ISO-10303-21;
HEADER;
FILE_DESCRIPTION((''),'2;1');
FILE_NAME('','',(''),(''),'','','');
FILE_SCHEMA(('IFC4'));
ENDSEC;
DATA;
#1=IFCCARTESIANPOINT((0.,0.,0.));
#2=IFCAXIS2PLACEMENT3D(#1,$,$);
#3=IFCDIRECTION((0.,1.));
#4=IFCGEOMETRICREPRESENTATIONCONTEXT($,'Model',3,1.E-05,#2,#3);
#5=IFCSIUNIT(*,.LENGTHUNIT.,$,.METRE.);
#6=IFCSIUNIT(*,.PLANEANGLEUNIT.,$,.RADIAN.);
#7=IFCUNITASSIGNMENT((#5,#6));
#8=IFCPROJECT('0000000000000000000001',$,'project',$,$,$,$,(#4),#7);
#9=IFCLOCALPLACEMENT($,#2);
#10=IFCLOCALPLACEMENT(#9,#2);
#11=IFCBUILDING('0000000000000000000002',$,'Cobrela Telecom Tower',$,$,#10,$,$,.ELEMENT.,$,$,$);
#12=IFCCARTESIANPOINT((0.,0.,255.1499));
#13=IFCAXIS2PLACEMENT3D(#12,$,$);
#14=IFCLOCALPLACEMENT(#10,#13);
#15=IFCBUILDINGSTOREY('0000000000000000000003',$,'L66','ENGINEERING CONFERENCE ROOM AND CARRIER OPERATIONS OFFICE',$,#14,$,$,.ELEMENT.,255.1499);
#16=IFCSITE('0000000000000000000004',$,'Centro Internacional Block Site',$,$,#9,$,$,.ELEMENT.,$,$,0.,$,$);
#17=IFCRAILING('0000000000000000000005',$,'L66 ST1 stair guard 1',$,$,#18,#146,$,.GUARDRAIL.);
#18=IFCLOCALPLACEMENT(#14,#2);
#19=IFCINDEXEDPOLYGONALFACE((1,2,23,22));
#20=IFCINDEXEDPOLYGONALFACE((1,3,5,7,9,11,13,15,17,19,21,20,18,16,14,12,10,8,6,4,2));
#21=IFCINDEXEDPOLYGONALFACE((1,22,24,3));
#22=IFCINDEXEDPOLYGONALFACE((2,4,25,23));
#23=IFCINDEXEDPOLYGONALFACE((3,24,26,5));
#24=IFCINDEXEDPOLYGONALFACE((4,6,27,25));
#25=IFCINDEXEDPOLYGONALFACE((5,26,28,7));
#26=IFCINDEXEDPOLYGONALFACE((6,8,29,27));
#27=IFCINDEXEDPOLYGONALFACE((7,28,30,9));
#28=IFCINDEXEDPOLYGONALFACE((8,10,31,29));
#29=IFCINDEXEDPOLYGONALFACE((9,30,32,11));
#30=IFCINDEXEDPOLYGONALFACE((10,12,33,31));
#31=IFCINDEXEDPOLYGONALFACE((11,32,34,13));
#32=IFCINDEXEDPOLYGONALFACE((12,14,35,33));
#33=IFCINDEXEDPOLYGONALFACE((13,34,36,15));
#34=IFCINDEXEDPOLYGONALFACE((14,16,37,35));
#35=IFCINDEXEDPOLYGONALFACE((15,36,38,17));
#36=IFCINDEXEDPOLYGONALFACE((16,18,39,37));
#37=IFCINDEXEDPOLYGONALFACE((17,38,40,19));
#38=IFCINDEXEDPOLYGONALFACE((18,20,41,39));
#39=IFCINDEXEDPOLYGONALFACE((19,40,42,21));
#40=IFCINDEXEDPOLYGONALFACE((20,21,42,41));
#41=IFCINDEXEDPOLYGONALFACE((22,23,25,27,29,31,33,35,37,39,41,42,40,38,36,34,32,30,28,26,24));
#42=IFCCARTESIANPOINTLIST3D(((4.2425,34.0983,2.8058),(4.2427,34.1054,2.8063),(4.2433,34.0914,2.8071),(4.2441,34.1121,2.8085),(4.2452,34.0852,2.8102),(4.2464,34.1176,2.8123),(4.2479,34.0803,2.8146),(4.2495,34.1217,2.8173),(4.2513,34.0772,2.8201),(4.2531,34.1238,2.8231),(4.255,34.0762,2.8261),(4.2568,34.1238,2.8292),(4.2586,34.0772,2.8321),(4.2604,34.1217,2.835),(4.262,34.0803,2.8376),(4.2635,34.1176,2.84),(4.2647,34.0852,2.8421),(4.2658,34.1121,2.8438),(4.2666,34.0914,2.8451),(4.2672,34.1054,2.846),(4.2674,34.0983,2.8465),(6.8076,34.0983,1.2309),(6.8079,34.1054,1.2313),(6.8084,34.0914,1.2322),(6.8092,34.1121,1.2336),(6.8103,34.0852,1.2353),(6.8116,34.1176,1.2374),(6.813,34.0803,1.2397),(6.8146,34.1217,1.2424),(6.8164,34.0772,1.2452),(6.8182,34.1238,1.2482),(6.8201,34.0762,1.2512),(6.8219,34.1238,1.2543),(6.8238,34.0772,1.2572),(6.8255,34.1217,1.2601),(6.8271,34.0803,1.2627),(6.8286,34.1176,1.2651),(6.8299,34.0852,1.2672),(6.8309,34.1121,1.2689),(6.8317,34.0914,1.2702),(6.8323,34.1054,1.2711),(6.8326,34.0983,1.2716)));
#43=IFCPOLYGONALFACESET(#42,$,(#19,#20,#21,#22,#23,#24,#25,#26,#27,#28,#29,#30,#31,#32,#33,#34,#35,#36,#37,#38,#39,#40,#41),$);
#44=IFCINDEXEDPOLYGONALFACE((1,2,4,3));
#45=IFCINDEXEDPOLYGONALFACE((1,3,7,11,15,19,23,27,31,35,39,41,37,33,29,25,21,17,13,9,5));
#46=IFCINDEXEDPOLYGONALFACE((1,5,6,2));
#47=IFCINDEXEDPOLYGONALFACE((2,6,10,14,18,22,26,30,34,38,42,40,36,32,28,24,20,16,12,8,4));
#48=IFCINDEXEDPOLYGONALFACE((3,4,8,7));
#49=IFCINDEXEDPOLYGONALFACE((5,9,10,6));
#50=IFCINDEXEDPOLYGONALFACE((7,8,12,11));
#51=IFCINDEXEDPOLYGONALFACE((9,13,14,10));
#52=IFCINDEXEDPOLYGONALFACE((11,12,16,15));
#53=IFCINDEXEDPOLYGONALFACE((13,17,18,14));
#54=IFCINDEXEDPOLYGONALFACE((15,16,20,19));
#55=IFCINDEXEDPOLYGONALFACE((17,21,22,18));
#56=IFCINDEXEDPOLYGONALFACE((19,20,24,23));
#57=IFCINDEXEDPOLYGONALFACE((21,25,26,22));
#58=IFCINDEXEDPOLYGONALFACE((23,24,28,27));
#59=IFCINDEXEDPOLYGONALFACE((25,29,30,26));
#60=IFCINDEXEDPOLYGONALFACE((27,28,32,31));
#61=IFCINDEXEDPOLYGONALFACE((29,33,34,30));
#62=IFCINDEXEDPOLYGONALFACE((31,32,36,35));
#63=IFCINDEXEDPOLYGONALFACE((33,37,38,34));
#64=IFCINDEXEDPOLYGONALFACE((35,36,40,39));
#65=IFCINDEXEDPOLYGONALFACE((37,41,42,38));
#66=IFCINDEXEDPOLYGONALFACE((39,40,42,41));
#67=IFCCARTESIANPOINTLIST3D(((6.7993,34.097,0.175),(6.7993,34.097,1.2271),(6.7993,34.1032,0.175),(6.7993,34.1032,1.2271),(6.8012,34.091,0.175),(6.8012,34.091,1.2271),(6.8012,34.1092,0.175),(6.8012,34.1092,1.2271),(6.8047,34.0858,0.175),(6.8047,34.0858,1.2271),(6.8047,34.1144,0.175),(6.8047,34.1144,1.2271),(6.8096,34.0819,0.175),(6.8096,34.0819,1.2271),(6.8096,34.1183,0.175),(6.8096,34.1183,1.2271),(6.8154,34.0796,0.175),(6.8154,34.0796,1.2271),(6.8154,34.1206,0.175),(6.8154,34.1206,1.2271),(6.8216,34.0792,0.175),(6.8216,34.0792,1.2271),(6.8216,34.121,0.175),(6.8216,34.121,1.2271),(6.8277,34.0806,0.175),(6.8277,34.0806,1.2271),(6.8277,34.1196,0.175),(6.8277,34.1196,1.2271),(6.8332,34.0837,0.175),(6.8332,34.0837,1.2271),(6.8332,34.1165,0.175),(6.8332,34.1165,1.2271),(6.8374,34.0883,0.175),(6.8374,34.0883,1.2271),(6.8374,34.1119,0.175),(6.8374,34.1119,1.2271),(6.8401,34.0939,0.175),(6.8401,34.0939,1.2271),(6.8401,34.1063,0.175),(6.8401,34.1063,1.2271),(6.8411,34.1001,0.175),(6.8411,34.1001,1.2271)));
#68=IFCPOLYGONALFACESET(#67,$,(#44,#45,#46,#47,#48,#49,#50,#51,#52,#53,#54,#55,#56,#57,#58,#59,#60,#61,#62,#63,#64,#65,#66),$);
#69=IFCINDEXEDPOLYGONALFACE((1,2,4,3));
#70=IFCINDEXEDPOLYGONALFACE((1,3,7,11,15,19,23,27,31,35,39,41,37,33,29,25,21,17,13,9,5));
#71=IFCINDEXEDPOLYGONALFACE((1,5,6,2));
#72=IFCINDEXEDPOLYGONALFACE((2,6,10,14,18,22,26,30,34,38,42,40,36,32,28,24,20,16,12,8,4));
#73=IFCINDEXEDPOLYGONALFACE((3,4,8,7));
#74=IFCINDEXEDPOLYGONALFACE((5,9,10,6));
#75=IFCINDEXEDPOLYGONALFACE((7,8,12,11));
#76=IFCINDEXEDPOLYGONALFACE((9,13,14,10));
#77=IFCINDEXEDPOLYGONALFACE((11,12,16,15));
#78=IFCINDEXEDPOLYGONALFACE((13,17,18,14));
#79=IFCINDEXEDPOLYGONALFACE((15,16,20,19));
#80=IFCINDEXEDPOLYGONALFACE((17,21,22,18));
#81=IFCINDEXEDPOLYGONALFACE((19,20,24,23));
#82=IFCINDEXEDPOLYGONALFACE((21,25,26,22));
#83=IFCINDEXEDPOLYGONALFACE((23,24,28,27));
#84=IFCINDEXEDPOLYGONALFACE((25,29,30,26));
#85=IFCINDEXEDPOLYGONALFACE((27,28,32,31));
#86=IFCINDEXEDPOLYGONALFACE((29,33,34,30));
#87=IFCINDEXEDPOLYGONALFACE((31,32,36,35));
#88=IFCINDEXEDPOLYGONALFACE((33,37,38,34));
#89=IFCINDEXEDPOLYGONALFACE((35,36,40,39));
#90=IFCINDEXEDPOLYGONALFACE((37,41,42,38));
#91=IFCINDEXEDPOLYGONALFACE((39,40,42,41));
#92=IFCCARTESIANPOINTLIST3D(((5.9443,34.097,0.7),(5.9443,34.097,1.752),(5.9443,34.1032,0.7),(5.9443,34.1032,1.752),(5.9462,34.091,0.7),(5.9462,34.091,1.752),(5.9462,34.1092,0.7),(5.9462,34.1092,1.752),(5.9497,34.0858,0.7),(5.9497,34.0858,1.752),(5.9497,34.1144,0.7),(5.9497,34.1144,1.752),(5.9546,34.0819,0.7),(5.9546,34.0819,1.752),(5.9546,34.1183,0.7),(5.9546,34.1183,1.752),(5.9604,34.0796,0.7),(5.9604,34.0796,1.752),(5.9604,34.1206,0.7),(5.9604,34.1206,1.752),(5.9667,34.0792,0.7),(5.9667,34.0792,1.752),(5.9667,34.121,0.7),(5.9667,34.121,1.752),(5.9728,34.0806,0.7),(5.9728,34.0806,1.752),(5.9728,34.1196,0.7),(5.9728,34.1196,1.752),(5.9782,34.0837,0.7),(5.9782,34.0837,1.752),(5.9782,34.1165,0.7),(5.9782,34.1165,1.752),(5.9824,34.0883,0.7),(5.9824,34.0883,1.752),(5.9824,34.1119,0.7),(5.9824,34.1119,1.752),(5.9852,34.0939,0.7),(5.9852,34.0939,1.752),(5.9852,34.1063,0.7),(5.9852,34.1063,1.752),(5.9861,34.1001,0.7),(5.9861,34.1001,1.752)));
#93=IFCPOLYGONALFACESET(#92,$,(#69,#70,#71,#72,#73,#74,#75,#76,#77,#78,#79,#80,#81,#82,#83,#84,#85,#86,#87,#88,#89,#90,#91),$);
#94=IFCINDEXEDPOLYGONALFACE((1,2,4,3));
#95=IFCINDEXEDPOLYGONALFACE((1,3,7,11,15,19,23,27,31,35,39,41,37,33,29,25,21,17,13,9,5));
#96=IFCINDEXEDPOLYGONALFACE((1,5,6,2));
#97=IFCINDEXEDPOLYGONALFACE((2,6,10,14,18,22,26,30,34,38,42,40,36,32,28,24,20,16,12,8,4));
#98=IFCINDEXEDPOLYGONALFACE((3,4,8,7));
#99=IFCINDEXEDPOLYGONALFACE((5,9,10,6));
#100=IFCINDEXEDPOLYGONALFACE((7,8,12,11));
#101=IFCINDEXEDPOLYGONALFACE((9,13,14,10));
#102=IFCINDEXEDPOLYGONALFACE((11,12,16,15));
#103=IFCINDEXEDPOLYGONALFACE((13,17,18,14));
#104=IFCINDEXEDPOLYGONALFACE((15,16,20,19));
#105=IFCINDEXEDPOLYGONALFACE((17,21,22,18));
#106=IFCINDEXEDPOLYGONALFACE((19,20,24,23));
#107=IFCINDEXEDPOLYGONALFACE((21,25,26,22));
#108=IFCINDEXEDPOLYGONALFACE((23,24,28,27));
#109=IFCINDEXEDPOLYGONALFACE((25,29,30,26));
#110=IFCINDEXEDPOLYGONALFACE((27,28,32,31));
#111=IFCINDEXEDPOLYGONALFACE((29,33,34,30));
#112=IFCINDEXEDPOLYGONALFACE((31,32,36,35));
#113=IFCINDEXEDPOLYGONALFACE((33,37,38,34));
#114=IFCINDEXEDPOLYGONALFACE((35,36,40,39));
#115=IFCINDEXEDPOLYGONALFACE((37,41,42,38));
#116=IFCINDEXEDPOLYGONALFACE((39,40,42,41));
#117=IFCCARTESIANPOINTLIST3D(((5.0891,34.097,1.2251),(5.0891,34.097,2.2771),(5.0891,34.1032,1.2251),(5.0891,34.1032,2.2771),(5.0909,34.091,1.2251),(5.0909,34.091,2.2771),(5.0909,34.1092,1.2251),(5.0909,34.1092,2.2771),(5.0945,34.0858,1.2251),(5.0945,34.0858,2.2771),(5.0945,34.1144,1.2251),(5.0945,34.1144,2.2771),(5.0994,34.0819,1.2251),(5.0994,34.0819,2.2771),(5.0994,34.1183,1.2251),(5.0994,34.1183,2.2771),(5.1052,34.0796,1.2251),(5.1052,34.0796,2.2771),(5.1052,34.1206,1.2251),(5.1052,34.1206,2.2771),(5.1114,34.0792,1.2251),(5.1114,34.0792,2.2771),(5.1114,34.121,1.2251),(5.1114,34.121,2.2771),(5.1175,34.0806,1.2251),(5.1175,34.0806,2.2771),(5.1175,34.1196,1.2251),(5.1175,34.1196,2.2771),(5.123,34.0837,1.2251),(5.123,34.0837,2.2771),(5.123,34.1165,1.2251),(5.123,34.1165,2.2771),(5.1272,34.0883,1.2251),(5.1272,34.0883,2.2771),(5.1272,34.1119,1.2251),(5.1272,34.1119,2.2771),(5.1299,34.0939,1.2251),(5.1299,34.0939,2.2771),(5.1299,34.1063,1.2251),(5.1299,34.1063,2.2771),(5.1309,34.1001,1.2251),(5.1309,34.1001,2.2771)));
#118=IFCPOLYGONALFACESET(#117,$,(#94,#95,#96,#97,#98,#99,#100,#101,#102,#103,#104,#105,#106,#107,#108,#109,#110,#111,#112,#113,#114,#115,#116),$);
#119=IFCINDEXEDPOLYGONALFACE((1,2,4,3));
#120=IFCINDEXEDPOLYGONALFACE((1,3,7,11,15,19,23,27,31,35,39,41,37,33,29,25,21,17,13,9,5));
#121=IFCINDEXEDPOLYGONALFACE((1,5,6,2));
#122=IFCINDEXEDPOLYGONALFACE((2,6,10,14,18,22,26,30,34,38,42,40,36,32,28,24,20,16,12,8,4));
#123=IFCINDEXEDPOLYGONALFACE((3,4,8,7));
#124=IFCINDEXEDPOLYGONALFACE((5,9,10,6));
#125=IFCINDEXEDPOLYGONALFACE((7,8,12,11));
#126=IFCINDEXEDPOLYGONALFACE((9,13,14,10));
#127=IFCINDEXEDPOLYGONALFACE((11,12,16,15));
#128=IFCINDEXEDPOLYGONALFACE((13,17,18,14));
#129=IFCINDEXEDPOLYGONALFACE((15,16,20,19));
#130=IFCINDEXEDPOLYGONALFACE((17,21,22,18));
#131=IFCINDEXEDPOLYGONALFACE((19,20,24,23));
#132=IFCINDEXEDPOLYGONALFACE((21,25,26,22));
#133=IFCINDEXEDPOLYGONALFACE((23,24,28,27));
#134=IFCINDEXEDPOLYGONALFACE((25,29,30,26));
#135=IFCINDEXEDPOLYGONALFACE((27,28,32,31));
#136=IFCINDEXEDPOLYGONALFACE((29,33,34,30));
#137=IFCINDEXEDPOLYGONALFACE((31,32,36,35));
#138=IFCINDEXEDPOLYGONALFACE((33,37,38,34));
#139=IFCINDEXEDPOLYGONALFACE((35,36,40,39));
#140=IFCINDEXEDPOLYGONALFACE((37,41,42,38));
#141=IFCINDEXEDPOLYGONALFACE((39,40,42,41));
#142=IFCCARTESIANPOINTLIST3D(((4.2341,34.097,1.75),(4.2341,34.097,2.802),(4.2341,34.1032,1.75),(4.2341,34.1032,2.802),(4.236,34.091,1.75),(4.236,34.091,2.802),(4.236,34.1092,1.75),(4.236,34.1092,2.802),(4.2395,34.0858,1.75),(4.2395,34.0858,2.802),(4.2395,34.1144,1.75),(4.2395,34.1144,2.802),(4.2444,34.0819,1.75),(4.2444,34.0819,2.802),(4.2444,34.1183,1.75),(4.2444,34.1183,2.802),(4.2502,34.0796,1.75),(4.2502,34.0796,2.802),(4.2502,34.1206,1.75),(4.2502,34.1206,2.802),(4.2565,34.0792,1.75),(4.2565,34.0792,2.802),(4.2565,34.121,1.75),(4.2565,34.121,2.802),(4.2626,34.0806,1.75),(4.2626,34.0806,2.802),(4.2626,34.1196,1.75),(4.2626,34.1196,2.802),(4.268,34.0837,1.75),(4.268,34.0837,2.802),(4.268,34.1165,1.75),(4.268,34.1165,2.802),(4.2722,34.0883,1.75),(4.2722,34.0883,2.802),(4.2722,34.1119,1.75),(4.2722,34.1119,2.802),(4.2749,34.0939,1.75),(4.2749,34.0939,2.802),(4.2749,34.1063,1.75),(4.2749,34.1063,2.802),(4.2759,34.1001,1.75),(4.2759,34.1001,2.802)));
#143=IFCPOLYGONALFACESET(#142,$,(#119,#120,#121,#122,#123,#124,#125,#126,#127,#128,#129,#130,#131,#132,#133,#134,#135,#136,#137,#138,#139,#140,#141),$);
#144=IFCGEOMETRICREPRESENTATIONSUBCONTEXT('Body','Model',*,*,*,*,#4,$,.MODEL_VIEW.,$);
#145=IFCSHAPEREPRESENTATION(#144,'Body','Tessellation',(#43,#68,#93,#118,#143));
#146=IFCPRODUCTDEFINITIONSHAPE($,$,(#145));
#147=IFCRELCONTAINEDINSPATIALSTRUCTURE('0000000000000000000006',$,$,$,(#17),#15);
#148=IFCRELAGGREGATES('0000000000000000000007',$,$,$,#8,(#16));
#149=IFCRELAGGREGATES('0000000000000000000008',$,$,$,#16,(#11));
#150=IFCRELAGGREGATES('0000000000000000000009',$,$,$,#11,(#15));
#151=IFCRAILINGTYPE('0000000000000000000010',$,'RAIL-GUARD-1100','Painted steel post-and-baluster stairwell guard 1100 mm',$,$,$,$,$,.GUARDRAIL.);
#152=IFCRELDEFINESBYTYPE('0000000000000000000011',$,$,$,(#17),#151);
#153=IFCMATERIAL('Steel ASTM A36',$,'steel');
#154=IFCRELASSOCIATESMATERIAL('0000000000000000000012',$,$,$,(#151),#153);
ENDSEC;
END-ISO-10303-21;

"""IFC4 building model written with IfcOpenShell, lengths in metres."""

from ifc_helpers import new_model, si_unit, direction, frame, origin, origin_2d, place, context, subcontext, project, spatial, circle, extrude, material, type_object, element, save


model = new_model("IFC4")

# Units and contexts
model_context = context("Model", 3, precision=1e-05, world=origin(), true_north=direction((0.0, 1.0)))
body_context = subcontext(model_context, "Body", "Model", "MODEL_VIEW")
ifc_project = project(units=[si_unit("LENGTHUNIT", "METRE"), si_unit("PLANEANGLEUNIT", "RADIAN")], contexts=[model_context])

# Site, building, storey
site_placement = place(None, origin())
site = spatial("IfcSite", under=ifc_project, at=site_placement, Name="Centro Internacional Block Site", CompositionType="ELEMENT", RefElevation=0.0)
building_placement = place(site_placement, origin())
building = spatial("IfcBuilding", under=site, at=building_placement, Name="Cobrela Telecom Tower", CompositionType="ELEMENT")
storey_placement = place(building_placement, frame((0.0, 0.0, 255.1499)))
storey = spatial("IfcBuildingStorey", under=building, at=storey_placement, Name="L66", Description="ENGINEERING CONFERENCE ROOM AND CARRIER OPERATIONS OFFICE", CompositionType="ELEMENT", Elevation=255.1499)

# Shared definitions
ifc_material_1 = material(Name="Steel ASTM A36", Category="steel")

# Railing
railing_type_1 = type_object("IfcRailingType", Name="RAIL-GUARD-1100", Description="Painted steel post-and-baluster stairwell guard 1100 mm", PredefinedType="GUARDRAIL", material=ifc_material_1)
railing_1_placement = place(storey_placement, frame((6.8201, 34.1001, 0.175)))
element("IfcRailing", 1, at=railing_1_placement, inside=storey, type_object=railing_type_1, Name="L66 ST1 stair guard 1", PredefinedType="GUARDRAIL", context=body_context, shape_type="SweptSolid", body=[
    extrude(circle(Radius=0.0239, at=origin_2d()), frame((0.0, 0.0, 1.0762), z_axis=(-0.852195, 0.0, 0.523224), x_axis=(0.0, -1.0, 0.0)), (0.0, 0.0, 1.0), 3.01),
    extrude(circle(Radius=0.021, at=origin_2d()), origin(), (0.0, 0.0, 1.0), 1.052),
    extrude(circle(Radius=0.021, at=origin_2d()), frame((-0.855, 0.0, 0.5249)), (0.0, 0.0, 1.0), 1.052),
    extrude(circle(Radius=0.021, at=origin_2d()), frame((-1.7102, 0.0, 1.05)), (0.0, 0.0, 1.0), 1.052),
    extrude(circle(Radius=0.021, at=origin_2d()), frame((-2.5652, 0.0, 1.575)), (0.0, 0.0, 1.0), 1.052),
])

save(model, "model.ifc")
